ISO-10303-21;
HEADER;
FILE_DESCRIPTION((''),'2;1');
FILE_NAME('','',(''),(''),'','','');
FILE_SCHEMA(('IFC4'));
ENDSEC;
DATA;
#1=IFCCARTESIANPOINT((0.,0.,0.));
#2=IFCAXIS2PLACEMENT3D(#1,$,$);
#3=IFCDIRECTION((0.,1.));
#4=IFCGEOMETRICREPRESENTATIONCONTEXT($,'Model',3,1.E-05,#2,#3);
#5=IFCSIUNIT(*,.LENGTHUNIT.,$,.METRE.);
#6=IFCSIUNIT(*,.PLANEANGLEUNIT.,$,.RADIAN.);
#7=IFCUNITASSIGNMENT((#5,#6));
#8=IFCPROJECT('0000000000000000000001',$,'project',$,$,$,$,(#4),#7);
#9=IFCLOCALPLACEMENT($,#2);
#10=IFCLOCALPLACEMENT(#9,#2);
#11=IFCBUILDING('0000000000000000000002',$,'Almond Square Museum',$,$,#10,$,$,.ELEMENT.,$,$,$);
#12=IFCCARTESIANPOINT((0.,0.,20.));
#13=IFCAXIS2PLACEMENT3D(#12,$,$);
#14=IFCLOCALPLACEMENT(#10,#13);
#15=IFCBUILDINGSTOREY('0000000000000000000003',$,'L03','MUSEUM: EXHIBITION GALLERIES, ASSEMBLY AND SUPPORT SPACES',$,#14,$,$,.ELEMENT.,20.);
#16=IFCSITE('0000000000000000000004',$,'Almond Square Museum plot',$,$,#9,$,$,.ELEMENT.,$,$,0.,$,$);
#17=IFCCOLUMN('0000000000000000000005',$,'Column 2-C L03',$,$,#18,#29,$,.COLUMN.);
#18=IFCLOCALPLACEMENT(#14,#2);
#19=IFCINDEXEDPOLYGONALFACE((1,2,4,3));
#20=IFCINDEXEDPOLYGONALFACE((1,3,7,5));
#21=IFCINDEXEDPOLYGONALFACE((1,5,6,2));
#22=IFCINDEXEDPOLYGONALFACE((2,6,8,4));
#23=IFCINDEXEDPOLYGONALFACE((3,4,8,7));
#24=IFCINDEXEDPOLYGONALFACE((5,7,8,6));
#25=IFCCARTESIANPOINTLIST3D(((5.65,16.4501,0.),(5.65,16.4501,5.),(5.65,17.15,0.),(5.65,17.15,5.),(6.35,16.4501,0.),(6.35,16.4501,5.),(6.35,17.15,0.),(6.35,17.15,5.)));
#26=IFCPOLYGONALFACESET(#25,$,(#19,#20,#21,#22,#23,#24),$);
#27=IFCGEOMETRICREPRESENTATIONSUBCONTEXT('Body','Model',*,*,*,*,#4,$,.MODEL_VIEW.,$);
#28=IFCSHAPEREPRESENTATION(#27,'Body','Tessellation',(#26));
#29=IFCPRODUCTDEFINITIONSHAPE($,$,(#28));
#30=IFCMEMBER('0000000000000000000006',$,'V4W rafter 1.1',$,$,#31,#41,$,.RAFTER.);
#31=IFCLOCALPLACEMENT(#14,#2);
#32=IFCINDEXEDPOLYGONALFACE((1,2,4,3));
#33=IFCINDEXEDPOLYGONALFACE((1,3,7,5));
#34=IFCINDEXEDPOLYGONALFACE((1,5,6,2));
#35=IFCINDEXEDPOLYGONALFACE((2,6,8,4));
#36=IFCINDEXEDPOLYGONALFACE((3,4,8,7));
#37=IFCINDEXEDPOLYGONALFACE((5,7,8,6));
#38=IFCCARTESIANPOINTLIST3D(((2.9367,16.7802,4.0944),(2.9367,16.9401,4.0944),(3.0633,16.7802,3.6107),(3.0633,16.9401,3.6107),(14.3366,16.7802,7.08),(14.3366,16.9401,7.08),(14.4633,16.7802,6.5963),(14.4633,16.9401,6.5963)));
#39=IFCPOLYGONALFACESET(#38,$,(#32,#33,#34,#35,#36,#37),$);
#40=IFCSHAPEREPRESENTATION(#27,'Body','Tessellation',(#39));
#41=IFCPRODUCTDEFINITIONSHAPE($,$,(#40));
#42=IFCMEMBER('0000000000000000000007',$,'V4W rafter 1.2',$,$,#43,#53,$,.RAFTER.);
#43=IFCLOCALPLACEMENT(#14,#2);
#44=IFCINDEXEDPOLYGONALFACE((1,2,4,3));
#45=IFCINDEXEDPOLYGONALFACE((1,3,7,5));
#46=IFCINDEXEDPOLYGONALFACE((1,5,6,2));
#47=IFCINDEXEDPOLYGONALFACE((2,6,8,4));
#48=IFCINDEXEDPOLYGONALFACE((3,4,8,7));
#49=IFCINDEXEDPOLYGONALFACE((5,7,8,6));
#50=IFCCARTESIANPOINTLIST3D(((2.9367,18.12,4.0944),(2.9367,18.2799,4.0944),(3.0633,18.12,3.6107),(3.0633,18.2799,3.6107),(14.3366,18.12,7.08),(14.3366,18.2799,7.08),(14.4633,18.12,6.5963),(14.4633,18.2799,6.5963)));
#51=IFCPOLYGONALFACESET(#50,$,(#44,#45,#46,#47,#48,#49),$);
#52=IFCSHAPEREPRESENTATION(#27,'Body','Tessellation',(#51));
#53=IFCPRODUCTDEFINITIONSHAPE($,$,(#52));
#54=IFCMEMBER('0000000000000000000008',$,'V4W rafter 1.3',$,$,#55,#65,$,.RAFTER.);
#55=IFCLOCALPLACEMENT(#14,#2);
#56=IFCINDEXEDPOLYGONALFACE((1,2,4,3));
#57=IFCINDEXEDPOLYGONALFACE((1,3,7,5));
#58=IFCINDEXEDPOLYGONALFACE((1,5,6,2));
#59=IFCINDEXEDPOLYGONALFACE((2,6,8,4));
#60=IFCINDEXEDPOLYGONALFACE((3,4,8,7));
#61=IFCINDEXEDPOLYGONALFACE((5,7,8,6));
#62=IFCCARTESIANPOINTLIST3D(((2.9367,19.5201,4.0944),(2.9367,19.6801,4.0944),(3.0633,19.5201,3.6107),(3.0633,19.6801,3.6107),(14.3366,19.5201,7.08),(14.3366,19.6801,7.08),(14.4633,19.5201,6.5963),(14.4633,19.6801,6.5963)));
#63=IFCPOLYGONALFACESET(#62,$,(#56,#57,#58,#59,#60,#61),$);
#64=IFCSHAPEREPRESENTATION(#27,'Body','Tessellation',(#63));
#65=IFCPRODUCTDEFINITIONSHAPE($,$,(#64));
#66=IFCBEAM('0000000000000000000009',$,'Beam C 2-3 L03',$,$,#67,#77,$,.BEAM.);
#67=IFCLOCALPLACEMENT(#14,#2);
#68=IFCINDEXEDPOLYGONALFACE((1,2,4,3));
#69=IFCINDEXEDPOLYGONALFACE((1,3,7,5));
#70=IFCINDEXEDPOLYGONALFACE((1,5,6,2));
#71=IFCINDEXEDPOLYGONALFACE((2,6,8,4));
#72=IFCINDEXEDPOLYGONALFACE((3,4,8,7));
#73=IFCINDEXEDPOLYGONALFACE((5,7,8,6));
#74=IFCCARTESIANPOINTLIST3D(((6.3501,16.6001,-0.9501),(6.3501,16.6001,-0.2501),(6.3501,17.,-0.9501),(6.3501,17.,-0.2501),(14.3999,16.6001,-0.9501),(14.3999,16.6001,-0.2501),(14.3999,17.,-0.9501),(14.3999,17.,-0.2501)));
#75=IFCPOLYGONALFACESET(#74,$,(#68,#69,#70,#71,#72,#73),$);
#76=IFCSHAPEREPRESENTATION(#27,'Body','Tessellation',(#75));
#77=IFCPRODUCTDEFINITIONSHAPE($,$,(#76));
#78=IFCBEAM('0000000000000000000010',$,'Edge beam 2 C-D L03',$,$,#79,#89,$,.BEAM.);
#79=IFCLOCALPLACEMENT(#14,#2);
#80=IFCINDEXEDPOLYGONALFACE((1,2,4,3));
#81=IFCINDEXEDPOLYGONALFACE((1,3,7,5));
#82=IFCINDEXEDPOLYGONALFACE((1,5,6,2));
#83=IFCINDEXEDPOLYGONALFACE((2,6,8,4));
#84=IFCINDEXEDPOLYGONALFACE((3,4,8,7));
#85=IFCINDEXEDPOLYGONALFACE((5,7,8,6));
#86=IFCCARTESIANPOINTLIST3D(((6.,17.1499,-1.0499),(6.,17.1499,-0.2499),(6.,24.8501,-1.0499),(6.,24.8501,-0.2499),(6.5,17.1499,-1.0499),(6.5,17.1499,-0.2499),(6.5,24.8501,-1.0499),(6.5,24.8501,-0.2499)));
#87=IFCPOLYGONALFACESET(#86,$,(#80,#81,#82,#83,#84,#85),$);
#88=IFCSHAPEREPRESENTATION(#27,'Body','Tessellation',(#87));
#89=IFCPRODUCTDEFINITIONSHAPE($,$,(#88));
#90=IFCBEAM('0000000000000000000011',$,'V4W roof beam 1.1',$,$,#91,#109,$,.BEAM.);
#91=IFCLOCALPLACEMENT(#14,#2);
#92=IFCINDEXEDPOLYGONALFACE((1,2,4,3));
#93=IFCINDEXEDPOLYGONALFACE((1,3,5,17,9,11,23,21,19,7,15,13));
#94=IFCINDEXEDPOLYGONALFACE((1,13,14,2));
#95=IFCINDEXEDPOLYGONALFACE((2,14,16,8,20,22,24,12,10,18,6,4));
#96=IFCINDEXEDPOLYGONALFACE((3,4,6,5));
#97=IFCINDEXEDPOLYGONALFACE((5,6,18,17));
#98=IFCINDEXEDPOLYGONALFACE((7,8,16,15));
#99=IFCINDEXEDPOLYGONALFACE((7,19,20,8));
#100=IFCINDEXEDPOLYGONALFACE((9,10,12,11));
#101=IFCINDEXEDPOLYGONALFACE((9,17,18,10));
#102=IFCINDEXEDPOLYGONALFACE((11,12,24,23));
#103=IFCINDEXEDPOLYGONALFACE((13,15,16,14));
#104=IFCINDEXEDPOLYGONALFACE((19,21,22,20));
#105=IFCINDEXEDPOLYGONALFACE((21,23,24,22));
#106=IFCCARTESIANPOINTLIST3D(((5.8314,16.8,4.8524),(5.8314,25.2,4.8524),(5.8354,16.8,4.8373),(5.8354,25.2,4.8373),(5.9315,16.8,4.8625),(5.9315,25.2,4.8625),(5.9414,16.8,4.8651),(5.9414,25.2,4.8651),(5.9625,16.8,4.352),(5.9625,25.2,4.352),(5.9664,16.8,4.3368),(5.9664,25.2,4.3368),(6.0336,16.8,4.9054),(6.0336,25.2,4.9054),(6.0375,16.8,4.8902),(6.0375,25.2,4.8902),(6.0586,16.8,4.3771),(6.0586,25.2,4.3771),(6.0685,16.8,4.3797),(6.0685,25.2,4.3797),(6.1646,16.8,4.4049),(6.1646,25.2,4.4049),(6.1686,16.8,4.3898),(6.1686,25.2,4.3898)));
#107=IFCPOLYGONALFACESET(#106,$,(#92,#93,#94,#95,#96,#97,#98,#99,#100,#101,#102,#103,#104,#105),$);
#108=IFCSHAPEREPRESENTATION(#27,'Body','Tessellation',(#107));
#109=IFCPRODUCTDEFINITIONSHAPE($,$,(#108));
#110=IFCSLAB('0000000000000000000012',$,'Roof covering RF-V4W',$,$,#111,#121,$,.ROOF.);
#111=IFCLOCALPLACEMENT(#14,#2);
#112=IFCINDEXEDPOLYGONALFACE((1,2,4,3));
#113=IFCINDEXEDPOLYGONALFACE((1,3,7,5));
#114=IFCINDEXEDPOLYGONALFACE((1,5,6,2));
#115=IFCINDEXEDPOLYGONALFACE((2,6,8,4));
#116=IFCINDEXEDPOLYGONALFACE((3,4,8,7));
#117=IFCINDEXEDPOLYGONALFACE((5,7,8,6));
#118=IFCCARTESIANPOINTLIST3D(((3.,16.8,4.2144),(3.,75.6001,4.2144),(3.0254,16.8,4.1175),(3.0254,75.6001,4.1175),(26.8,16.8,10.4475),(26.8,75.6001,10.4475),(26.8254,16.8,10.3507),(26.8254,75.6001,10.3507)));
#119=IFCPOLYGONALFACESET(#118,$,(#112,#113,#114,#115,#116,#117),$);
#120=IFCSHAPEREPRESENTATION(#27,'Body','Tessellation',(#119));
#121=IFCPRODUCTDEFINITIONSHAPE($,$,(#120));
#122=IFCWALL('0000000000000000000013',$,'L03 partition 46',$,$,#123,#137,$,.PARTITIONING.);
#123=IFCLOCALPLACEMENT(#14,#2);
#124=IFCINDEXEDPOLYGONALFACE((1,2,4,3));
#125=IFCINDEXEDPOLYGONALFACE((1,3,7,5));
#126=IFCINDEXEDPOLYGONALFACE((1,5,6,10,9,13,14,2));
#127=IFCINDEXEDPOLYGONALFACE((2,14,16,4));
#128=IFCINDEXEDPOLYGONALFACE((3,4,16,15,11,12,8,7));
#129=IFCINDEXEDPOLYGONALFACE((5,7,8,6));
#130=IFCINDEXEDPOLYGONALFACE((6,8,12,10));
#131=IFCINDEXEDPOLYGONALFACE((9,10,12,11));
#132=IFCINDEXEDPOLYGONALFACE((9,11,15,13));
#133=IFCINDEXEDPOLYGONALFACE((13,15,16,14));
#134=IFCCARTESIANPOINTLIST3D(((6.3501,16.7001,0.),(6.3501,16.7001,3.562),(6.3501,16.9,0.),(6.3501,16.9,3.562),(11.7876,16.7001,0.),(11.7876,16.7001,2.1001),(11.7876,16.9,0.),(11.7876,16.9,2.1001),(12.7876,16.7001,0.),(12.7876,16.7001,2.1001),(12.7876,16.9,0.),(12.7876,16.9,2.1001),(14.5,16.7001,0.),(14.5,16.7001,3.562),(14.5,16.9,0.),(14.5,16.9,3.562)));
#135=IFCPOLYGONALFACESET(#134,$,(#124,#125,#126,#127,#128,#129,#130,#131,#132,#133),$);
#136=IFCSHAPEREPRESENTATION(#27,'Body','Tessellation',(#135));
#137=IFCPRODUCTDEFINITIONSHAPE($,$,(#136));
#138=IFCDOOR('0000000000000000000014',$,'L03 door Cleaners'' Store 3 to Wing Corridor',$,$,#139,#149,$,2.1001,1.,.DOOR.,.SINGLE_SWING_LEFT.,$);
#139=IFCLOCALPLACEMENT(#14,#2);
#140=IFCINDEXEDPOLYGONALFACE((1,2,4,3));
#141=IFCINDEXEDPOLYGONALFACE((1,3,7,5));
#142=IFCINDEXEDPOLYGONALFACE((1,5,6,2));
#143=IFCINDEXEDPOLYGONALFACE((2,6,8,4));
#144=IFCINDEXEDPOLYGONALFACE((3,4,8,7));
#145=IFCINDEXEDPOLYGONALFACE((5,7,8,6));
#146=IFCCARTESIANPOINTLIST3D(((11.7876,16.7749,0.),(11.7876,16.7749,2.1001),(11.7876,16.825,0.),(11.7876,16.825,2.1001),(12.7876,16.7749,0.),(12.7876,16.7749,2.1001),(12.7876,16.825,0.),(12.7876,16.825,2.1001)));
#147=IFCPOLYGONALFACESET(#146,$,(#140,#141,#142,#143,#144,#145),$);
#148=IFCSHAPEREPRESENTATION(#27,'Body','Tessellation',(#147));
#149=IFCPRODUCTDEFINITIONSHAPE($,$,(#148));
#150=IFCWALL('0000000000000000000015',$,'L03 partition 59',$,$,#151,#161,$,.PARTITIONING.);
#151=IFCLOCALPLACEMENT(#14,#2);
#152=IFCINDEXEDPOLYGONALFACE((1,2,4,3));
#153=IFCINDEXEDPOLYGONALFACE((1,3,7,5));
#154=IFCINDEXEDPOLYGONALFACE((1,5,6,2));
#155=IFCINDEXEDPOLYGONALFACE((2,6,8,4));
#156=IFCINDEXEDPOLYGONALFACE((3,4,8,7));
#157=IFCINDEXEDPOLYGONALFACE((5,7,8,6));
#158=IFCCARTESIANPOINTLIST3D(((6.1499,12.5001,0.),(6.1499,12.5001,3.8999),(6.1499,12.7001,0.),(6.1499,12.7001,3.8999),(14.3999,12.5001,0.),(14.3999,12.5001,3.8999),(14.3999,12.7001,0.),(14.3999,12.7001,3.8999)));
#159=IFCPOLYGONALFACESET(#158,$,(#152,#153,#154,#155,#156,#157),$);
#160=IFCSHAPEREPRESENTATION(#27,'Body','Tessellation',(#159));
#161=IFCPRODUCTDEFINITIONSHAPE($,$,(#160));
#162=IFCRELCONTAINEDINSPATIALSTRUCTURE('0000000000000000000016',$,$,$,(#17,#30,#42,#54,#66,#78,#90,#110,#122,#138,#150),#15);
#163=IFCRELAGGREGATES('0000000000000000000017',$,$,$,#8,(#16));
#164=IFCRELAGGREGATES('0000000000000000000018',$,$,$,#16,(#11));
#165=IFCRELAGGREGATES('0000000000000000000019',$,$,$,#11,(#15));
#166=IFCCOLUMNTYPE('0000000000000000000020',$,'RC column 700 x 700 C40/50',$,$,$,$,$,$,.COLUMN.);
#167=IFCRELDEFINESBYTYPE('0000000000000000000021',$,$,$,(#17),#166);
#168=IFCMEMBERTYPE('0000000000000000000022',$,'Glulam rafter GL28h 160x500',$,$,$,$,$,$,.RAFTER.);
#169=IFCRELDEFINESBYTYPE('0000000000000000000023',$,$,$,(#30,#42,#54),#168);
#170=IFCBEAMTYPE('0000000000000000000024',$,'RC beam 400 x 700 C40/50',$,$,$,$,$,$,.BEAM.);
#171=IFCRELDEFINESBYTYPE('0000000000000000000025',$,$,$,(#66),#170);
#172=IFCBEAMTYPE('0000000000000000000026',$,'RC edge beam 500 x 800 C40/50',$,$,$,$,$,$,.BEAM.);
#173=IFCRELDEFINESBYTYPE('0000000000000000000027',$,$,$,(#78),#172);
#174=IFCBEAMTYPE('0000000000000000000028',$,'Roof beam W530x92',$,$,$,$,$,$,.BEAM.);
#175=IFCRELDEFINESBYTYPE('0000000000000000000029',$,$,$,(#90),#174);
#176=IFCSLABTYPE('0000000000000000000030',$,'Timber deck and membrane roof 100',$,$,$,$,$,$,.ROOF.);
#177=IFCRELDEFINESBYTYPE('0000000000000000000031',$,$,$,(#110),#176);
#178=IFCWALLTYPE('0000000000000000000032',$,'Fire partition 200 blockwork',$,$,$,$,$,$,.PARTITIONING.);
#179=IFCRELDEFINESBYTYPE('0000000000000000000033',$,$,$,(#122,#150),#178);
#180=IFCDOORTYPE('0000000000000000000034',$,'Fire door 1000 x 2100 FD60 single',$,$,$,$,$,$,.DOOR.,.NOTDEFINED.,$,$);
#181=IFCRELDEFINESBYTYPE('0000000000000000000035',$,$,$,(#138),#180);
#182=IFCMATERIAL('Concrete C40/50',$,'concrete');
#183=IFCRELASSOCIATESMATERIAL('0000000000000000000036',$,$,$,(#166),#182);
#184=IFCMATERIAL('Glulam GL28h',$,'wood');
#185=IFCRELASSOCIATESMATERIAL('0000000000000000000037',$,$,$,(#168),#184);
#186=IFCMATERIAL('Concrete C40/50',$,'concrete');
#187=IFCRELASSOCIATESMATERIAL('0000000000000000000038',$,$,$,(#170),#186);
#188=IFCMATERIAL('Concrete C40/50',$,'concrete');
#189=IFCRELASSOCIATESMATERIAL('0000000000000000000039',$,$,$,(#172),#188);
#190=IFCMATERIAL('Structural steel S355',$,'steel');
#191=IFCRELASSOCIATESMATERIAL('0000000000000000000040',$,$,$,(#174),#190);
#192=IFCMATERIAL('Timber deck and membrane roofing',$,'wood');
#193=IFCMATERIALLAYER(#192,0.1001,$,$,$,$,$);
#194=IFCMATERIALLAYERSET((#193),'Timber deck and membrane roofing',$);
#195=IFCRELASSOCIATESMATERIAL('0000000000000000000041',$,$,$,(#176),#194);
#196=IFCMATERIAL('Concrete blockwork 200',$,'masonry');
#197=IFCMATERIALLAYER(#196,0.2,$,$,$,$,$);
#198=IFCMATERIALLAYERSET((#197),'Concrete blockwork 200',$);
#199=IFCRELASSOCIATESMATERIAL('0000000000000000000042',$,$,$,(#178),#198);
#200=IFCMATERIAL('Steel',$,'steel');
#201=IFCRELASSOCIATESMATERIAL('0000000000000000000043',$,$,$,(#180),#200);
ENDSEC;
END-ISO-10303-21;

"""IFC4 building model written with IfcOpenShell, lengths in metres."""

from ifc_helpers import new_model, si_unit, direction, frame, frame_2d, origin, origin_2d, place, context, subcontext, project, spatial, polyline, rectangle, i_section, outline, extrude, material, layer, layer_set, material_profile, profile_set, type_object, element, fill, save


model = new_model("IFC4")

# Units and contexts
model_context = context("Model", 3, precision=1e-05, world=origin(), true_north=direction((0.0, 1.0)))
body_context = subcontext(model_context, "Body", "Model", "MODEL_VIEW")
ifc_project = project(units=[si_unit("LENGTHUNIT", "METRE"), si_unit("PLANEANGLEUNIT", "RADIAN")], contexts=[model_context])

# Site, building, storey
site_placement = place(None, origin())
site = spatial("IfcSite", under=ifc_project, at=site_placement, Name="Almond Square Museum plot", CompositionType="ELEMENT", RefElevation=0.0)
building_placement = place(site_placement, origin())
building = spatial("IfcBuilding", under=site, at=building_placement, Name="Almond Square Museum", CompositionType="ELEMENT")
storey_placement = place(building_placement, frame((0.0, 0.0, 20.0)))
storey = spatial("IfcBuildingStorey", under=building, at=storey_placement, Name="L03", Description="MUSEUM: EXHIBITION GALLERIES, ASSEMBLY AND SUPPORT SPACES", CompositionType="ELEMENT", Elevation=20.0)

# Column
ifc_material_1 = material(Name="Concrete C40/50", Category="concrete")
ifc_material_profile_1 = material_profile(ifc_material_1, rectangle(XDim=0.7, YDim=0.7, at=origin_2d()))
ifc_profile_set_1 = profile_set([ifc_material_profile_1], Name="Concrete C40/50")
column_type = type_object("IfcColumnType", Name="RC column 700 x 700 C40/50", PredefinedType="COLUMN", material=ifc_profile_set_1)
column_placement = place(storey_placement, frame((6.0, 16.8, 0.0), z_axis=(0.0, 0.0, 1.0), x_axis=(1.0, 0.0, 0.0)))
element("IfcColumn", 1, at=column_placement, inside=storey, type_object=column_type, Name="Column 2-C L03", PredefinedType="COLUMN", context=body_context, shape_type="SweptSolid", body=[
    extrude(rectangle(XDim=0.7, YDim=0.7, at=origin_2d()), origin(), (0.0, 0.0, 1.0), 5.0),
])

# Members
ifc_material_2 = material(Name="Glulam GL28h", Category="wood")
ifc_material_profile_2 = material_profile(ifc_material_2, rectangle(XDim=0.1599, YDim=0.5, at=origin_2d()))
ifc_profile_set_2 = profile_set([ifc_material_profile_2], Name="Glulam GL28h")
member_type = type_object("IfcMemberType", Name="Glulam rafter GL28h 160x500", PredefinedType="RAFTER", material=ifc_profile_set_2)
for number, where, z_axis, x_axis, name in (
    (2, (3.0, 16.8601, 3.8525), (0.967374, 0.0, 0.253352), (0.0, 1.0, 0.0), "V4W rafter 1.1"),
    (3, (3.0, 18.2, 3.8525), (0.967374, 0.0, 0.253352), (0.0, 1.0, 0.0), "V4W rafter 1.2"),
    (4, (3.0, 19.6001, 3.8525), (0.967374, 0.0, 0.253352), (0.0, 1.0, 0.0), "V4W rafter 1.3"),
):
    element("IfcMember", number, at=place(storey_placement, frame(where, z_axis=z_axis, x_axis=x_axis)), inside=storey, type_object=member_type, Name=name, PredefinedType="RAFTER", context=body_context, shape_type="SweptSolid", body=[
        extrude(rectangle(XDim=0.1599, YDim=0.5, at=origin_2d()), origin(), (0.0, 0.0, 1.0), 11.7844),
    ])

# Beams
ifc_material_3 = material(Name="Concrete C40/50", Category="concrete")
ifc_material_profile_3 = material_profile(ifc_material_3, rectangle(XDim=0.3999, YDim=0.7, at=origin_2d()))
ifc_profile_set_3 = profile_set([ifc_material_profile_3], Name="Concrete C40/50")
beam_type_1 = type_object("IfcBeamType", Name="RC beam 400 x 700 C40/50", PredefinedType="BEAM", material=ifc_profile_set_3)
beam_1_placement = place(storey_placement, frame((6.3501, 16.8, -0.6001), z_axis=(1.0, 0.0, 0.0), x_axis=(0.0, 1.0, 0.0)))
element("IfcBeam", 5, at=beam_1_placement, inside=storey, type_object=beam_type_1, Name="Beam C 2-3 L03", PredefinedType="BEAM", context=body_context, shape_type="SweptSolid", body=[
    extrude(rectangle(XDim=0.3999, YDim=0.7, at=origin_2d()), origin(), (0.0, 0.0, 1.0), 8.0498),
])
ifc_material_4 = material(Name="Concrete C40/50", Category="concrete")
ifc_material_profile_4 = material_profile(ifc_material_4, rectangle(XDim=0.5, YDim=0.8, at=origin_2d()))
ifc_profile_set_4 = profile_set([ifc_material_profile_4], Name="Concrete C40/50")
beam_type_2 = type_object("IfcBeamType", Name="RC edge beam 500 x 800 C40/50", PredefinedType="BEAM", material=ifc_profile_set_4)
beam_2_placement = place(storey_placement, frame((6.25, 17.1499, -0.6499), z_axis=(0.0, 1.0, 0.0), x_axis=(-1.0, 0.0, 0.0)))
element("IfcBeam", 6, at=beam_2_placement, inside=storey, type_object=beam_type_2, Name="Edge beam 2 C-D L03", PredefinedType="BEAM", context=body_context, shape_type="SweptSolid", body=[
    extrude(rectangle(XDim=0.5, YDim=0.8, at=origin_2d()), origin(), (0.0, 0.0, 1.0), 7.7002),
])
ifc_material_5 = material(Name="Structural steel S355", Category="steel")
ifc_material_profile_5 = material_profile(ifc_material_5, i_section(OverallWidth=0.209, OverallDepth=0.533, WebThickness=0.0103, FlangeThickness=0.0156, at=origin_2d()))
ifc_profile_set_5 = profile_set([ifc_material_profile_5], Name="Structural steel S355")
beam_type_3 = type_object("IfcBeamType", Name="Roof beam W530x92", PredefinedType="BEAM", material=ifc_profile_set_5)
beam_3_placement = place(storey_placement, frame((6.0, 16.8, 4.6211), z_axis=(0.0, 1.0, 0.0), x_axis=(-0.967372, 0.0, -0.25336)))
element("IfcBeam", 7, at=beam_3_placement, inside=storey, type_object=beam_type_3, Name="V4W roof beam 1.1", PredefinedType="BEAM", context=body_context, shape_type="SweptSolid", body=[
    extrude(i_section(OverallWidth=0.209, OverallDepth=0.533, WebThickness=0.0103, FlangeThickness=0.0156, at=origin_2d()), origin(), (0.0, 0.0, 1.0), 8.3999),
])

# Slab
ifc_material_6 = material(Name="Timber deck and membrane roofing", Category="wood")
ifc_layer_1 = layer(ifc_material_6, 0.1001)
ifc_layer_set_1 = layer_set([ifc_layer_1], Name="Timber deck and membrane roofing")
slab_type = type_object("IfcSlabType", Name="Timber deck and membrane roof 100", PredefinedType="ROOF", material=ifc_layer_set_1)
slab_placement = place(storey_placement, frame((3.0, 16.8, 4.2144), z_axis=(-0.253352, 0.0, 0.967374), x_axis=(0.967374, 0.0, 0.253352)))
element("IfcSlab", 8, at=slab_placement, inside=storey, type_object=slab_type, Name="Roof covering RF-V4W", PredefinedType="ROOF", context=body_context, shape_type="SweptSolid", body=[
    extrude(outline(polyline([(0.0, 0.0), (24.6027, 0.0), (24.6027, 58.8), (0.0, 58.8), (0.0, 0.0)])), origin(), (0.0, 0.0, -1.0), 0.1001),
])

# Wall, opening, door
ifc_material_7 = material(Name="Concrete blockwork 200", Category="masonry")
ifc_layer_2 = layer(ifc_material_7, 0.2)
ifc_layer_set_2 = layer_set([ifc_layer_2], Name="Concrete blockwork 200")
wall_type_1 = type_object("IfcWallType", Name="Fire partition 200 blockwork", PredefinedType="PARTITIONING", material=ifc_layer_set_2)
wall_1_placement = place(storey_placement, frame((6.3501, 16.8, 0.0), z_axis=(0.0, 0.0, 1.0), x_axis=(1.0, 0.0, 0.0)))
wall_1 = element("IfcWall", 9, at=wall_1_placement, inside=storey, type_object=wall_type_1, Name="L03 partition 46", PredefinedType="PARTITIONING", context=body_context, shape_type="SweptSolid", body=[
    extrude(rectangle(XDim=8.1499, YDim=0.2, at=frame_2d((4.075, 0.0))), origin(), (0.0, 0.0, 1.0), 3.562),
])
opening_1_placement = place(wall_1_placement, frame((5.4375, 0.0, 0.0)))
opening_1 = element("IfcOpeningElement", 10, at=opening_1_placement, cuts=wall_1, PredefinedType="OPENING", context=body_context, shape_type="SweptSolid", body=[
    extrude(rectangle(XDim=1.0, YDim=2.1001, at=frame_2d((0.5, 1.05))), frame((0.0, 0.1099, 0.0), z_axis=(0.0, -1.0, 0.0), x_axis=(1.0, 0.0, 0.0)), (0.0, 0.0, 1.0), 0.22),
])
ifc_material_8 = material(Name="Steel", Category="steel")
door_type_1 = type_object("IfcDoorType", Name="Fire door 1000 x 2100 FD60 single", OperationType="NOTDEFINED", PredefinedType="DOOR", material=ifc_material_8)
door_1_placement = place(opening_1_placement, origin())
door_1 = element("IfcDoor", 11, at=door_1_placement, inside=storey, type_object=door_type_1, Name="L03 door Cleaners' Store 3 to Wing Corridor", OperationType="SINGLE_SWING_LEFT", OverallHeight=2.1001, OverallWidth=1.0, PredefinedType="DOOR", context=body_context, shape_type="SweptSolid", body=[
    extrude(rectangle(XDim=1.0, YDim=2.1001, at=frame_2d((0.5, 1.05))), frame((0.0, 0.0249, 0.0), z_axis=(0.0, -1.0, 0.0), x_axis=(1.0, 0.0, 0.0)), (0.0, 0.0, 1.0), 0.05),
])
fill(opening_1, door_1)

# Wall
wall_2_placement = place(storey_placement, frame((6.1499, 12.6001, 0.0), z_axis=(0.0, 0.0, 1.0), x_axis=(1.0, 0.0, 0.0)))
element("IfcWall", 12, at=wall_2_placement, inside=storey, type_object=wall_type_1, Name="L03 partition 59", PredefinedType="PARTITIONING", context=body_context, shape_type="SweptSolid", body=[
    extrude(rectangle(XDim=8.25, YDim=0.2, at=frame_2d((4.125, 0.0))), origin(), (0.0, 0.0, 1.0), 3.8999),
])

save(model, "model.ifc")
